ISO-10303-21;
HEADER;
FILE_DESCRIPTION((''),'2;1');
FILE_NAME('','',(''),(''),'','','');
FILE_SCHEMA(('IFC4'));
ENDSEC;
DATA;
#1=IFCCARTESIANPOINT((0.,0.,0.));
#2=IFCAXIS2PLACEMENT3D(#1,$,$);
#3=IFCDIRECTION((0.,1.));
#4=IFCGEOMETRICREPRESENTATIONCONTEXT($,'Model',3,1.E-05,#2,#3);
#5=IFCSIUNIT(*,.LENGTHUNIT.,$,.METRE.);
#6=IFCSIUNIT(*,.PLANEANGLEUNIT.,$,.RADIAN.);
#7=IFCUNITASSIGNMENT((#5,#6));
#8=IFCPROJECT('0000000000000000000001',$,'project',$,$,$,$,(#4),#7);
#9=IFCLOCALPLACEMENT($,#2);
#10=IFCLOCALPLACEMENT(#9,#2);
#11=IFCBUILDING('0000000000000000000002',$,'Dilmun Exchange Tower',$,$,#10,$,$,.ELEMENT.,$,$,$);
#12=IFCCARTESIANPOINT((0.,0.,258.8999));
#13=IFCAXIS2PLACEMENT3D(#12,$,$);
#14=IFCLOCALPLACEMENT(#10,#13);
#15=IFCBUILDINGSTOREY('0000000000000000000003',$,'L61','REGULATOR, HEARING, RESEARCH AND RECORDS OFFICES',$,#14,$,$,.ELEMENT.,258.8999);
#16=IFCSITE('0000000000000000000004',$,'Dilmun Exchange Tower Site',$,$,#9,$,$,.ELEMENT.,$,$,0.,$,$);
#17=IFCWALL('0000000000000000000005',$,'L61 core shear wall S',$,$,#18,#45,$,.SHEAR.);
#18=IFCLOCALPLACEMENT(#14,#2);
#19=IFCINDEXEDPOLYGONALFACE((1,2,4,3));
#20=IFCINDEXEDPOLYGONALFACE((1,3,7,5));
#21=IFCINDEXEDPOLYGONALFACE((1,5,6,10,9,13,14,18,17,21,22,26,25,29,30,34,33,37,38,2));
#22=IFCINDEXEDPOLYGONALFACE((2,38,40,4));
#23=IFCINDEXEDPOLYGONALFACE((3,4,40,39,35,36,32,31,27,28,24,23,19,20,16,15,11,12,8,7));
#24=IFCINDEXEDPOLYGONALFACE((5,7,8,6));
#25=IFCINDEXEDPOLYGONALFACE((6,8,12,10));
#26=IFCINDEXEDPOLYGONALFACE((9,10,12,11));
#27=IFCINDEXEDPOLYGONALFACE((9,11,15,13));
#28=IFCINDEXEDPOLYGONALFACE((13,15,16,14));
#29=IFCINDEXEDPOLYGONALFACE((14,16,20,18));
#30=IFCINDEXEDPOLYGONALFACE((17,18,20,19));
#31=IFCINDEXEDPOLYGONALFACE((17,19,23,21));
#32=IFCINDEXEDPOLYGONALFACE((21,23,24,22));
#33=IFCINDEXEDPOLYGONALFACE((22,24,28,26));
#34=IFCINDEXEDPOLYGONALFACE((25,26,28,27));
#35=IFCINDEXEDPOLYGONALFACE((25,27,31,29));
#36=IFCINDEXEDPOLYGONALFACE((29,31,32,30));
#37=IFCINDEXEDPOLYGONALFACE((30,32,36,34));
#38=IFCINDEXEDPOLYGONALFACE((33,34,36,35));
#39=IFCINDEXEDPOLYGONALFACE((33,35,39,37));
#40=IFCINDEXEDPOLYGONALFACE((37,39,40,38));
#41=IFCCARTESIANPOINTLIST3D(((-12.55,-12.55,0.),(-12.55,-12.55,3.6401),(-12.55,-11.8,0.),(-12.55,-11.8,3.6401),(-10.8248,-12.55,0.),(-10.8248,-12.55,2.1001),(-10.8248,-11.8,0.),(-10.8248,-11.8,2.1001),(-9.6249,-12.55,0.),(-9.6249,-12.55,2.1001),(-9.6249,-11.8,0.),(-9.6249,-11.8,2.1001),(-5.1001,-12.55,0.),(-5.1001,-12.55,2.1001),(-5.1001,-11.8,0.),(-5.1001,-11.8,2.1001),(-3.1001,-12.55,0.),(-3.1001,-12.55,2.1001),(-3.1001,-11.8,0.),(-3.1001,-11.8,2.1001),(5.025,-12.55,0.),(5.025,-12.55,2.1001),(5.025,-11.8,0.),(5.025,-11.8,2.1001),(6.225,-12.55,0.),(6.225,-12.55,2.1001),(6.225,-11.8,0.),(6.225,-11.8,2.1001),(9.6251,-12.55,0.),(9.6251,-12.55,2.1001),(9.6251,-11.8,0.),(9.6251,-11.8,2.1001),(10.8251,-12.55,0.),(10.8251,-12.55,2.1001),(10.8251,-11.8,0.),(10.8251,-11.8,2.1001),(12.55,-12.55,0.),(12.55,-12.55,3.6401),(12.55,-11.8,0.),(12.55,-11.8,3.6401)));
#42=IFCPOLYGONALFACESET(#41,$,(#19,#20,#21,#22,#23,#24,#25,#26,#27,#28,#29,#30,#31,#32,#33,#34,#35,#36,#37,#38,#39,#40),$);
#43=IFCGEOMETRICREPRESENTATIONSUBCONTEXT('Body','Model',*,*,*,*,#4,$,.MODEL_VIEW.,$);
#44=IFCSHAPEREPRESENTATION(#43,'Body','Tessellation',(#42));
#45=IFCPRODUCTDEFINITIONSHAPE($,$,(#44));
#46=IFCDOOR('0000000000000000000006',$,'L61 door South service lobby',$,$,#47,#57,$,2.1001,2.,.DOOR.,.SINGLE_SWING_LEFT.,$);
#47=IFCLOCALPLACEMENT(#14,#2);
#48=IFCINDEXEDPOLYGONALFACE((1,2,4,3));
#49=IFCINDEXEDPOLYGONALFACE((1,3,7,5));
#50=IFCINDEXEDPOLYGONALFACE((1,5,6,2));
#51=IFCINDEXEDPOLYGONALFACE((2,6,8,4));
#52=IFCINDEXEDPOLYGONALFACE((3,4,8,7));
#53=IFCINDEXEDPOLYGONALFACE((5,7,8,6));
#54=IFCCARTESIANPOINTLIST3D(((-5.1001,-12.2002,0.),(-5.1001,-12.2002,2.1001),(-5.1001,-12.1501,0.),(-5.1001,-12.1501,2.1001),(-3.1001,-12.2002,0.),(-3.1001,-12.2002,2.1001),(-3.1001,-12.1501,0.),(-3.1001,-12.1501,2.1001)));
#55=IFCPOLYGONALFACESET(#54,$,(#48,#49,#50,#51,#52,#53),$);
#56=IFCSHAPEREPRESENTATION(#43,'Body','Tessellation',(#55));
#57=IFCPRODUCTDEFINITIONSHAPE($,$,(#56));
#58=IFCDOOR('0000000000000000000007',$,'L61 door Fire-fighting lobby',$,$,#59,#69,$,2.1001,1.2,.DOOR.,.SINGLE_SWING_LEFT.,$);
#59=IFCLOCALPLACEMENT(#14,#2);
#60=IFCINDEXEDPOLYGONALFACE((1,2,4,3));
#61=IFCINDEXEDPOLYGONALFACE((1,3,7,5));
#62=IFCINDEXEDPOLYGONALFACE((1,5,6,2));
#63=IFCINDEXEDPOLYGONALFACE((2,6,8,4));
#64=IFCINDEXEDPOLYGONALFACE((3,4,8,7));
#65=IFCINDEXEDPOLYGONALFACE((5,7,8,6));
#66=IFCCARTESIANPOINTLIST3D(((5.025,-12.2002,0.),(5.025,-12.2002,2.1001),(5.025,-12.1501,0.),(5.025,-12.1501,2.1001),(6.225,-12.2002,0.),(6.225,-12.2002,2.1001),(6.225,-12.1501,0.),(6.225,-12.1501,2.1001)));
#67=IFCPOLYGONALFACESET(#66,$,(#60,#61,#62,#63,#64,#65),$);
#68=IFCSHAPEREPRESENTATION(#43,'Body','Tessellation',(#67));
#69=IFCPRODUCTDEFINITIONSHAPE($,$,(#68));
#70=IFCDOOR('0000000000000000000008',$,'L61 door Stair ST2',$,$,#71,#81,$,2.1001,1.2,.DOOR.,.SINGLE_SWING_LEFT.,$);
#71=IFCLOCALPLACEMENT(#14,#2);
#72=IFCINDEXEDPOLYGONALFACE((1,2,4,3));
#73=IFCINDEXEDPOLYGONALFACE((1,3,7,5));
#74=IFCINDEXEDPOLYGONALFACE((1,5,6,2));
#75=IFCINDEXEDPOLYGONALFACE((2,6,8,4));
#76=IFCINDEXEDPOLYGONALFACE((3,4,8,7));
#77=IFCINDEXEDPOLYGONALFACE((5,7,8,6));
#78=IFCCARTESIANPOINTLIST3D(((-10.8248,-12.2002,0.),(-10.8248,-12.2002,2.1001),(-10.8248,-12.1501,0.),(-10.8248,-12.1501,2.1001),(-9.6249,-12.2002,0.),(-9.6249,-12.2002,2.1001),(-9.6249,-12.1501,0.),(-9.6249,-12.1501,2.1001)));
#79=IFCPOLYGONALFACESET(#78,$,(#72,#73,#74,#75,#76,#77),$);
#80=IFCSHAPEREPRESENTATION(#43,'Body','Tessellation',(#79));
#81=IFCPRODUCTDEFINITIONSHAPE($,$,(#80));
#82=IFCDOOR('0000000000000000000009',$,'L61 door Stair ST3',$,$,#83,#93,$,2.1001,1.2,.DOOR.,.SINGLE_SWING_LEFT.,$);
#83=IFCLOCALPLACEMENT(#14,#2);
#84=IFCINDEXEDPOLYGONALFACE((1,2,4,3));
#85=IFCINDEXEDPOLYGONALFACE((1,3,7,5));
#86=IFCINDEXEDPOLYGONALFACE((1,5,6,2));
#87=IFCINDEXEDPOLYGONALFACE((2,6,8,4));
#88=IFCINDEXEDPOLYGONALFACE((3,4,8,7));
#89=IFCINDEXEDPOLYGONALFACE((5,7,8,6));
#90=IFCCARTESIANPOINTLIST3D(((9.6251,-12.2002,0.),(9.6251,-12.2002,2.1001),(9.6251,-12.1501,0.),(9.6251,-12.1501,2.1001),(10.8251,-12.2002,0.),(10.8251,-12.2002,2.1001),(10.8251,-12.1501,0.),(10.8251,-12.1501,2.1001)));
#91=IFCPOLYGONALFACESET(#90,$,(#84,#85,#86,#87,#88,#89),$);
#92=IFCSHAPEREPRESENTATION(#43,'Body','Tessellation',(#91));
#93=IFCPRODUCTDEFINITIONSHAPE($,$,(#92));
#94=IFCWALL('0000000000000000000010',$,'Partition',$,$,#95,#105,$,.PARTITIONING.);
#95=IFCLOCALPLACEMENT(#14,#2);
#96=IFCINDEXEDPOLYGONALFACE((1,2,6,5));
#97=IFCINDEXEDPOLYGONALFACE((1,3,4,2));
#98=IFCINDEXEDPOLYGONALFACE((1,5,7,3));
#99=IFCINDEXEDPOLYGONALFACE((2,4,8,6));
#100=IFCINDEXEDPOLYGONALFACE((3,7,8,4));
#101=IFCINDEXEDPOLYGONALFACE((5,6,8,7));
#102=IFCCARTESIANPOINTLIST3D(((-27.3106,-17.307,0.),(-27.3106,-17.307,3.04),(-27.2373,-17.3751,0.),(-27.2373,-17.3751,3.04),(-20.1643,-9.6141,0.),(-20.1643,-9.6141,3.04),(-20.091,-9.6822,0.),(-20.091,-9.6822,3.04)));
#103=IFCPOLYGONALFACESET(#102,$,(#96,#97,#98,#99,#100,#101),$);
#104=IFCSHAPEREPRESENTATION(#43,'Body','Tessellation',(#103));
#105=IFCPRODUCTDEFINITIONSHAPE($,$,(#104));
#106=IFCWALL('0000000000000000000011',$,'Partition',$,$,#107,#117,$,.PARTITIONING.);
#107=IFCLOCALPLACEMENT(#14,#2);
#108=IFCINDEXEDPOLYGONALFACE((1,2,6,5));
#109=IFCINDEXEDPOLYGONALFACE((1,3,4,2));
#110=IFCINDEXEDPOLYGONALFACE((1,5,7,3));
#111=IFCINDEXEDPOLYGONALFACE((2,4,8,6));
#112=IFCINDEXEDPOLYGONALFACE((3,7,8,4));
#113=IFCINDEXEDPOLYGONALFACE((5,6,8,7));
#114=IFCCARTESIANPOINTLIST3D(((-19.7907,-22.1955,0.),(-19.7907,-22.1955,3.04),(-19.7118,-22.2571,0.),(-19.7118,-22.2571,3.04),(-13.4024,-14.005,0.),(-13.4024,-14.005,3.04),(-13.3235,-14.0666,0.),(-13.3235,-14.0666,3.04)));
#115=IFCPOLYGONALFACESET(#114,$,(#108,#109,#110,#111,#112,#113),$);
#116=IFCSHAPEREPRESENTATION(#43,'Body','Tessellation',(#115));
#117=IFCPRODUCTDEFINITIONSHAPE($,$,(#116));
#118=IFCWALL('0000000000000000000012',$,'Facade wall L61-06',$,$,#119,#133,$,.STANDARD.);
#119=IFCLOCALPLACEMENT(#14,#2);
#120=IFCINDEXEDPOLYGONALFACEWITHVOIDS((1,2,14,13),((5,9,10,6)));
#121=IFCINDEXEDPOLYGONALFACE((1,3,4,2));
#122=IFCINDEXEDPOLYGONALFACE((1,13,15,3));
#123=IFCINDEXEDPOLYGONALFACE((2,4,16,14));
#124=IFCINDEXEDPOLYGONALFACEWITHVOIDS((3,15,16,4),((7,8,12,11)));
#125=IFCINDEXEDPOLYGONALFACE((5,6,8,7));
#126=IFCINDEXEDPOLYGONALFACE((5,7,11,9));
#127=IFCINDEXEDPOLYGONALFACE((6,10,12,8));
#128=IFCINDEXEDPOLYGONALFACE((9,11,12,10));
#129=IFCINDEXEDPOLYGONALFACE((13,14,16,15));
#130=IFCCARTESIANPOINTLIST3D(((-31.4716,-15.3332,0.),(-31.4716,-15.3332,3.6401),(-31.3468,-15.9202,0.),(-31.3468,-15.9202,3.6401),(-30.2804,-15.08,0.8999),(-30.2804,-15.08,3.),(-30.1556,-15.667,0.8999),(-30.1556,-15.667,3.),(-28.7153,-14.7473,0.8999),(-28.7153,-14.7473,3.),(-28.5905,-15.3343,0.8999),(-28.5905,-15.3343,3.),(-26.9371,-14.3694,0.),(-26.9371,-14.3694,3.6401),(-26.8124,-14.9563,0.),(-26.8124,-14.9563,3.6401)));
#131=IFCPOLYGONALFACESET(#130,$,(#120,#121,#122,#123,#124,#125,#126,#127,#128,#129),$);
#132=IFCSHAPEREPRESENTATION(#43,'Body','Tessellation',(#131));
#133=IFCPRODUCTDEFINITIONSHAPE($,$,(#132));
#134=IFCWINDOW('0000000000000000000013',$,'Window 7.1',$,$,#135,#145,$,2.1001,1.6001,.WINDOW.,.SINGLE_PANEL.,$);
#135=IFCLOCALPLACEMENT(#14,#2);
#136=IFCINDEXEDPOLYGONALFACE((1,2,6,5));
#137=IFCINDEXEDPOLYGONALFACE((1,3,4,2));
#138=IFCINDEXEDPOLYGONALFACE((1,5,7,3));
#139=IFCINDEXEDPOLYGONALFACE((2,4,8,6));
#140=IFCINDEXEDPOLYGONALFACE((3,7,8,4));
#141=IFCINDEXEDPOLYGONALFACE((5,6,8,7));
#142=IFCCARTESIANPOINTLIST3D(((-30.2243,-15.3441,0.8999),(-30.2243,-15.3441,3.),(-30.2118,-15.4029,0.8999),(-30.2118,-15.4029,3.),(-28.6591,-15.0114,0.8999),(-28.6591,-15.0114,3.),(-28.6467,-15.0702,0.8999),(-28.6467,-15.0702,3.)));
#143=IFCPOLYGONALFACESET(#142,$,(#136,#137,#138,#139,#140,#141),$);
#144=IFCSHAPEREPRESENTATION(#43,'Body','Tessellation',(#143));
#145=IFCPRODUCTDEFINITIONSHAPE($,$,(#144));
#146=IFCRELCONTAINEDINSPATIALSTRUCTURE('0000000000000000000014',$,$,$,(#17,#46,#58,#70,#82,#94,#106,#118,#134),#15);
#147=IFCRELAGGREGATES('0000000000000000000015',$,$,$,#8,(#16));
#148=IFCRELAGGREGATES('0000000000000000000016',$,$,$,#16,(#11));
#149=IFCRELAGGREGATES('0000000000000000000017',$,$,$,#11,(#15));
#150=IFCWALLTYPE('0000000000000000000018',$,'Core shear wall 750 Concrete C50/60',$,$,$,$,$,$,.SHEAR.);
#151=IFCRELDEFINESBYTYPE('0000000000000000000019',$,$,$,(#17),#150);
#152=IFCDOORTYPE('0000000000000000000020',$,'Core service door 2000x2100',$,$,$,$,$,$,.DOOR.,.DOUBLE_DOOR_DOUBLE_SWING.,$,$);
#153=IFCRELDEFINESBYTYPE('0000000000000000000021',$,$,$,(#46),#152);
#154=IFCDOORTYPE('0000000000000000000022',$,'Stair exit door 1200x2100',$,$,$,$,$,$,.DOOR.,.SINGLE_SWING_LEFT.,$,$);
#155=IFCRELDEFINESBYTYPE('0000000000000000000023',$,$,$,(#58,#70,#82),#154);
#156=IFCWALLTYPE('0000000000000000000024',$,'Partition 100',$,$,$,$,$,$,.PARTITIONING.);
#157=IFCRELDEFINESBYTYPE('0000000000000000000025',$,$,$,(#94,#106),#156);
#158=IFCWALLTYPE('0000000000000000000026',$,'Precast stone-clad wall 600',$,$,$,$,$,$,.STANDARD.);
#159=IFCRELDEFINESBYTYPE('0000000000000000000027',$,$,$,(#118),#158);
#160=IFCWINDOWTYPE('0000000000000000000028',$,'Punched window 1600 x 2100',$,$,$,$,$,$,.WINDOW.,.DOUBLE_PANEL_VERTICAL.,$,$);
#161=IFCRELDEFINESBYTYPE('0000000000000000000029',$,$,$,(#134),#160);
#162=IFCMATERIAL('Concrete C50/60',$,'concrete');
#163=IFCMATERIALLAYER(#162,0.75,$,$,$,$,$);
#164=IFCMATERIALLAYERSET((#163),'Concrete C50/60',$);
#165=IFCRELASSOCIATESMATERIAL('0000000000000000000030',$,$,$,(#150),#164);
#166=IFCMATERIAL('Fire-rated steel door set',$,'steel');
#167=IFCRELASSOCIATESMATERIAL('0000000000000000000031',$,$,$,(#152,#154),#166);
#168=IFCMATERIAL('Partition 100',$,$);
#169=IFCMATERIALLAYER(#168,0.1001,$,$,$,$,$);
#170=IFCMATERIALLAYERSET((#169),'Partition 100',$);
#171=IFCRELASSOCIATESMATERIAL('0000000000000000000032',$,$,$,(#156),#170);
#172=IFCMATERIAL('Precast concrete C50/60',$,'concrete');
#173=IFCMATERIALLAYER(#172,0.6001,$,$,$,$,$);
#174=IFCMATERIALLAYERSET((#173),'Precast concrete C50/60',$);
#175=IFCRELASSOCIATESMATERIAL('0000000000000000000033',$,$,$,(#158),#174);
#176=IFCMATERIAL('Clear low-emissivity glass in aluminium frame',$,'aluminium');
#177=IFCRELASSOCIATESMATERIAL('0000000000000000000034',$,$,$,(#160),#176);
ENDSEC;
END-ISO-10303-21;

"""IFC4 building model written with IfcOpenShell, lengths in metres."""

from ifc_helpers import new_model, si_unit, direction, frame, frame_2d, origin, place, context, subcontext, project, spatial, rectangle, extrude, material, layer, layer_set, type_object, element, fill, save


model = new_model("IFC4")

# Units and contexts
model_context = context("Model", 3, precision=1e-05, world=origin(), true_north=direction((0.0, 1.0)))
body_context = subcontext(model_context, "Body", "Model", "MODEL_VIEW")
ifc_project = project(units=[si_unit("LENGTHUNIT", "METRE"), si_unit("PLANEANGLEUNIT", "RADIAN")], contexts=[model_context])

# Site, building, storey
site_placement = place(None, origin())
site = spatial("IfcSite", under=ifc_project, at=site_placement, Name="Dilmun Exchange Tower Site", CompositionType="ELEMENT", RefElevation=0.0)
building_placement = place(site_placement, origin())
building = spatial("IfcBuilding", under=site, at=building_placement, Name="Dilmun Exchange Tower", CompositionType="ELEMENT")
storey_placement = place(building_placement, frame((0.0, 0.0, 258.8999)))
storey = spatial("IfcBuildingStorey", under=building, at=storey_placement, Name="L61", Description="REGULATOR, HEARING, RESEARCH AND RECORDS OFFICES", CompositionType="ELEMENT", Elevation=258.8999)

# Shared definitions
ifc_material_1 = material(Name="Concrete C50/60", Category="concrete")

# Wall, openings, doors
ifc_layer_1 = layer(ifc_material_1, 0.75)
ifc_layer_set_1 = layer_set([ifc_layer_1], Name="Concrete C50/60")
wall_type_1 = type_object("IfcWallType", Name="Core shear wall 750 Concrete C50/60", PredefinedType="SHEAR", material=ifc_layer_set_1)
wall_1_placement = place(storey_placement, frame((-12.55, -12.175, 0.0), z_axis=(0.0, 0.0, 1.0), x_axis=(1.0, 0.0, 0.0)))
wall_1 = element("IfcWall", 1, at=wall_1_placement, inside=storey, type_object=wall_type_1, Name="L61 core shear wall S", PredefinedType="SHEAR", context=body_context, shape_type="SweptSolid", body=[
    extrude(rectangle(XDim=25.1001, YDim=0.75, at=frame_2d((12.55, 0.0))), origin(), (0.0, 0.0, 1.0), 3.6401),
])
opening_1_placement = place(wall_1_placement, frame((7.45, 0.0, 0.0)))
opening_1 = element("IfcOpeningElement", 2, at=opening_1_placement, cuts=wall_1, PredefinedType="OPENING", context=body_context, shape_type="SweptSolid", body=[
    extrude(rectangle(XDim=2.0, YDim=2.1001, at=frame_2d((1.0, 1.05))), frame((0.0, 0.385, 0.0), z_axis=(0.0, -1.0, 0.0), x_axis=(1.0, 0.0, 0.0)), (0.0, 0.0, 1.0), 0.77),
])
opening_2_placement = place(wall_1_placement, frame((17.575, 0.0, 0.0)))
opening_2 = element("IfcOpeningElement", 3, at=opening_2_placement, cuts=wall_1, PredefinedType="OPENING", context=body_context, shape_type="SweptSolid", body=[
    extrude(rectangle(XDim=1.2, YDim=2.1001, at=frame_2d((0.6001, 1.05))), frame((0.0, 0.385, 0.0), z_axis=(0.0, -1.0, 0.0), x_axis=(1.0, 0.0, 0.0)), (0.0, 0.0, 1.0), 0.77),
])
opening_3_placement = place(wall_1_placement, frame((1.7251, 0.0, 0.0)))
opening_3 = element("IfcOpeningElement", 4, at=opening_3_placement, cuts=wall_1, PredefinedType="OPENING", context=body_context, shape_type="SweptSolid", body=[
    extrude(rectangle(XDim=1.2, YDim=2.1001, at=frame_2d((0.6001, 1.05))), frame((0.0, 0.385, 0.0), z_axis=(0.0, -1.0, 0.0), x_axis=(1.0, 0.0, 0.0)), (0.0, 0.0, 1.0), 0.77),
])
opening_4_placement = place(wall_1_placement, frame((22.175, 0.0, 0.0)))
opening_4 = element("IfcOpeningElement", 5, at=opening_4_placement, cuts=wall_1, PredefinedType="OPENING", context=body_context, shape_type="SweptSolid", body=[
    extrude(rectangle(XDim=1.2, YDim=2.1001, at=frame_2d((0.6001, 1.05))), frame((0.0, 0.385, 0.0), z_axis=(0.0, -1.0, 0.0), x_axis=(1.0, 0.0, 0.0)), (0.0, 0.0, 1.0), 0.77),
])
ifc_material_2 = material(Name="Fire-rated steel door set", Category="steel")
door_type_1 = type_object("IfcDoorType", Name="Core service door 2000x2100", OperationType="DOUBLE_DOOR_DOUBLE_SWING", PredefinedType="DOOR", material=ifc_material_2)
door_1_placement = place(opening_1_placement, origin())
door_1 = element("IfcDoor", 6, at=door_1_placement, inside=storey, type_object=door_type_1, Name="L61 door South service lobby", OperationType="SINGLE_SWING_LEFT", OverallHeight=2.1001, OverallWidth=2.0, PredefinedType="DOOR", context=body_context, shape_type="SweptSolid", body=[
    extrude(rectangle(XDim=2.0, YDim=2.1001, at=frame_2d((1.0, 1.05))), frame((0.0, 0.0249, 0.0), z_axis=(0.0, -1.0, 0.0), x_axis=(1.0, 0.0, 0.0)), (0.0, 0.0, 1.0), 0.05),
])
fill(opening_1, door_1)
door_type_2 = type_object("IfcDoorType", Name="Stair exit door 1200x2100", OperationType="SINGLE_SWING_LEFT", PredefinedType="DOOR", material=ifc_material_2)
door_2_placement = place(opening_2_placement, origin())
door_2 = element("IfcDoor", 7, at=door_2_placement, inside=storey, type_object=door_type_2, Name="L61 door Fire-fighting lobby", OperationType="SINGLE_SWING_LEFT", OverallHeight=2.1001, OverallWidth=1.2, PredefinedType="DOOR", context=body_context, shape_type="SweptSolid", body=[
    extrude(rectangle(XDim=1.2, YDim=2.1001, at=frame_2d((0.6001, 1.05))), frame((0.0, 0.0249, 0.0), z_axis=(0.0, -1.0, 0.0), x_axis=(1.0, 0.0, 0.0)), (0.0, 0.0, 1.0), 0.05),
])
fill(opening_2, door_2)
door_3_placement = place(opening_3_placement, origin())
door_3 = element("IfcDoor", 8, at=door_3_placement, inside=storey, type_object=door_type_2, Name="L61 door Stair ST2", OperationType="SINGLE_SWING_LEFT", OverallHeight=2.1001, OverallWidth=1.2, PredefinedType="DOOR", context=body_context, shape_type="SweptSolid", body=[
    extrude(rectangle(XDim=1.2, YDim=2.1001, at=frame_2d((0.6001, 1.05))), frame((0.0, 0.0249, 0.0), z_axis=(0.0, -1.0, 0.0), x_axis=(1.0, 0.0, 0.0)), (0.0, 0.0, 1.0), 0.05),
])
fill(opening_3, door_3)
door_4_placement = place(opening_4_placement, origin())
door_4 = element("IfcDoor", 9, at=door_4_placement, inside=storey, type_object=door_type_2, Name="L61 door Stair ST3", OperationType="SINGLE_SWING_LEFT", OverallHeight=2.1001, OverallWidth=1.2, PredefinedType="DOOR", context=body_context, shape_type="SweptSolid", body=[
    extrude(rectangle(XDim=1.2, YDim=2.1001, at=frame_2d((0.6001, 1.05))), frame((0.0, 0.0249, 0.0), z_axis=(0.0, -1.0, 0.0), x_axis=(1.0, 0.0, 0.0)), (0.0, 0.0, 1.0), 0.05),
])
fill(opening_4, door_4)

# Walls
ifc_material_3 = material(Name="Partition 100")
ifc_layer_2 = layer(ifc_material_3, 0.1001)
ifc_layer_set_2 = layer_set([ifc_layer_2], Name="Partition 100")
wall_type_2 = type_object("IfcWallType", Name="Partition 100", PredefinedType="PARTITIONING", material=ifc_layer_set_2)
wall_2_placement = place(storey_placement, frame((-27.2739, -17.3411, 0.0), z_axis=(0.0, 0.0, 1.0), x_axis=(0.680597, 0.732658, 0.0)))
element("IfcWall", 10, at=wall_2_placement, inside=storey, type_object=wall_type_2, Name="Partition", PredefinedType="PARTITIONING", context=body_context, shape_type="SweptSolid", body=[
    extrude(rectangle(XDim=10.5, YDim=0.1001, at=frame_2d((5.25, 0.0))), origin(), (0.0, 0.0, 1.0), 3.04),
])
wall_3_placement = place(storey_placement, frame((-19.7512, -22.2263, 0.0), z_axis=(0.0, 0.0, 1.0), x_axis=(0.615011, 0.788519, 0.0)))
element("IfcWall", 11, at=wall_3_placement, inside=storey, type_object=wall_type_2, Name="Partition", PredefinedType="PARTITIONING", context=body_context, shape_type="SweptSolid", body=[
    extrude(rectangle(XDim=10.3872, YDim=0.1001, at=frame_2d((5.1936, 0.0))), origin(), (0.0, 0.0, 1.0), 3.04),
])

# Wall, opening, window
ifc_material_4 = material(Name="Precast concrete C50/60", Category="concrete")
ifc_layer_3 = layer(ifc_material_4, 0.6001)
ifc_layer_set_3 = layer_set([ifc_layer_3], Name="Precast concrete C50/60")
wall_type_3 = type_object("IfcWallType", Name="Precast stone-clad wall 600", PredefinedType="STANDARD", material=ifc_layer_set_3)
wall_4_placement = place(storey_placement, frame((-26.8748, -14.6628, 0.0), z_axis=(0.0, 0.0, 1.0), x_axis=(-0.978146, -0.207921, 0.0)))
wall_4 = element("IfcWall", 12, at=wall_4_placement, inside=storey, type_object=wall_type_3, Name="Facade wall L61-06", PredefinedType="STANDARD", context=body_context, shape_type="SweptSolid", body=[
    extrude(rectangle(XDim=4.6357, YDim=0.6001, at=frame_2d((2.3179, 0.0))), origin(), (0.0, 0.0, 1.0), 3.6401),
])
opening_5_placement = place(wall_4_placement, frame((1.8179, 0.0, 0.8999)))
opening_5 = element("IfcOpeningElement", 13, at=opening_5_placement, cuts=wall_4, PredefinedType="OPENING", context=body_context, shape_type="SweptSolid", body=[
    extrude(rectangle(XDim=1.6001, YDim=2.1001, at=frame_2d((0.8, 1.05))), frame((0.0, 0.3101, 0.0), z_axis=(0.0, -1.0, 0.0), x_axis=(1.0, 0.0, 0.0)), (0.0, 0.0, 1.0), 0.6201),
])
ifc_material_5 = material(Name="Clear low-emissivity glass in aluminium frame", Category="aluminium")
window_type_1 = type_object("IfcWindowType", Name="Punched window 1600 x 2100", PartitioningType="DOUBLE_PANEL_VERTICAL", PredefinedType="WINDOW", material=ifc_material_5)
window_1_placement = place(opening_5_placement, origin())
window_1 = element("IfcWindow", 14, at=window_1_placement, inside=storey, type_object=window_type_1, Name="Window 7.1", OverallHeight=2.1001, OverallWidth=1.6001, PartitioningType="SINGLE_PANEL", PredefinedType="WINDOW", context=body_context, shape_type="SweptSolid", body=[
    extrude(rectangle(XDim=1.6001, YDim=2.1001, at=frame_2d((0.8, 1.05))), frame((0.0, 0.03, 0.0), z_axis=(0.0, -1.0, 0.0), x_axis=(1.0, 0.0, 0.0)), (0.0, 0.0, 1.0), 0.0601),
])
fill(opening_5, window_1)

save(model, "model.ifc")
